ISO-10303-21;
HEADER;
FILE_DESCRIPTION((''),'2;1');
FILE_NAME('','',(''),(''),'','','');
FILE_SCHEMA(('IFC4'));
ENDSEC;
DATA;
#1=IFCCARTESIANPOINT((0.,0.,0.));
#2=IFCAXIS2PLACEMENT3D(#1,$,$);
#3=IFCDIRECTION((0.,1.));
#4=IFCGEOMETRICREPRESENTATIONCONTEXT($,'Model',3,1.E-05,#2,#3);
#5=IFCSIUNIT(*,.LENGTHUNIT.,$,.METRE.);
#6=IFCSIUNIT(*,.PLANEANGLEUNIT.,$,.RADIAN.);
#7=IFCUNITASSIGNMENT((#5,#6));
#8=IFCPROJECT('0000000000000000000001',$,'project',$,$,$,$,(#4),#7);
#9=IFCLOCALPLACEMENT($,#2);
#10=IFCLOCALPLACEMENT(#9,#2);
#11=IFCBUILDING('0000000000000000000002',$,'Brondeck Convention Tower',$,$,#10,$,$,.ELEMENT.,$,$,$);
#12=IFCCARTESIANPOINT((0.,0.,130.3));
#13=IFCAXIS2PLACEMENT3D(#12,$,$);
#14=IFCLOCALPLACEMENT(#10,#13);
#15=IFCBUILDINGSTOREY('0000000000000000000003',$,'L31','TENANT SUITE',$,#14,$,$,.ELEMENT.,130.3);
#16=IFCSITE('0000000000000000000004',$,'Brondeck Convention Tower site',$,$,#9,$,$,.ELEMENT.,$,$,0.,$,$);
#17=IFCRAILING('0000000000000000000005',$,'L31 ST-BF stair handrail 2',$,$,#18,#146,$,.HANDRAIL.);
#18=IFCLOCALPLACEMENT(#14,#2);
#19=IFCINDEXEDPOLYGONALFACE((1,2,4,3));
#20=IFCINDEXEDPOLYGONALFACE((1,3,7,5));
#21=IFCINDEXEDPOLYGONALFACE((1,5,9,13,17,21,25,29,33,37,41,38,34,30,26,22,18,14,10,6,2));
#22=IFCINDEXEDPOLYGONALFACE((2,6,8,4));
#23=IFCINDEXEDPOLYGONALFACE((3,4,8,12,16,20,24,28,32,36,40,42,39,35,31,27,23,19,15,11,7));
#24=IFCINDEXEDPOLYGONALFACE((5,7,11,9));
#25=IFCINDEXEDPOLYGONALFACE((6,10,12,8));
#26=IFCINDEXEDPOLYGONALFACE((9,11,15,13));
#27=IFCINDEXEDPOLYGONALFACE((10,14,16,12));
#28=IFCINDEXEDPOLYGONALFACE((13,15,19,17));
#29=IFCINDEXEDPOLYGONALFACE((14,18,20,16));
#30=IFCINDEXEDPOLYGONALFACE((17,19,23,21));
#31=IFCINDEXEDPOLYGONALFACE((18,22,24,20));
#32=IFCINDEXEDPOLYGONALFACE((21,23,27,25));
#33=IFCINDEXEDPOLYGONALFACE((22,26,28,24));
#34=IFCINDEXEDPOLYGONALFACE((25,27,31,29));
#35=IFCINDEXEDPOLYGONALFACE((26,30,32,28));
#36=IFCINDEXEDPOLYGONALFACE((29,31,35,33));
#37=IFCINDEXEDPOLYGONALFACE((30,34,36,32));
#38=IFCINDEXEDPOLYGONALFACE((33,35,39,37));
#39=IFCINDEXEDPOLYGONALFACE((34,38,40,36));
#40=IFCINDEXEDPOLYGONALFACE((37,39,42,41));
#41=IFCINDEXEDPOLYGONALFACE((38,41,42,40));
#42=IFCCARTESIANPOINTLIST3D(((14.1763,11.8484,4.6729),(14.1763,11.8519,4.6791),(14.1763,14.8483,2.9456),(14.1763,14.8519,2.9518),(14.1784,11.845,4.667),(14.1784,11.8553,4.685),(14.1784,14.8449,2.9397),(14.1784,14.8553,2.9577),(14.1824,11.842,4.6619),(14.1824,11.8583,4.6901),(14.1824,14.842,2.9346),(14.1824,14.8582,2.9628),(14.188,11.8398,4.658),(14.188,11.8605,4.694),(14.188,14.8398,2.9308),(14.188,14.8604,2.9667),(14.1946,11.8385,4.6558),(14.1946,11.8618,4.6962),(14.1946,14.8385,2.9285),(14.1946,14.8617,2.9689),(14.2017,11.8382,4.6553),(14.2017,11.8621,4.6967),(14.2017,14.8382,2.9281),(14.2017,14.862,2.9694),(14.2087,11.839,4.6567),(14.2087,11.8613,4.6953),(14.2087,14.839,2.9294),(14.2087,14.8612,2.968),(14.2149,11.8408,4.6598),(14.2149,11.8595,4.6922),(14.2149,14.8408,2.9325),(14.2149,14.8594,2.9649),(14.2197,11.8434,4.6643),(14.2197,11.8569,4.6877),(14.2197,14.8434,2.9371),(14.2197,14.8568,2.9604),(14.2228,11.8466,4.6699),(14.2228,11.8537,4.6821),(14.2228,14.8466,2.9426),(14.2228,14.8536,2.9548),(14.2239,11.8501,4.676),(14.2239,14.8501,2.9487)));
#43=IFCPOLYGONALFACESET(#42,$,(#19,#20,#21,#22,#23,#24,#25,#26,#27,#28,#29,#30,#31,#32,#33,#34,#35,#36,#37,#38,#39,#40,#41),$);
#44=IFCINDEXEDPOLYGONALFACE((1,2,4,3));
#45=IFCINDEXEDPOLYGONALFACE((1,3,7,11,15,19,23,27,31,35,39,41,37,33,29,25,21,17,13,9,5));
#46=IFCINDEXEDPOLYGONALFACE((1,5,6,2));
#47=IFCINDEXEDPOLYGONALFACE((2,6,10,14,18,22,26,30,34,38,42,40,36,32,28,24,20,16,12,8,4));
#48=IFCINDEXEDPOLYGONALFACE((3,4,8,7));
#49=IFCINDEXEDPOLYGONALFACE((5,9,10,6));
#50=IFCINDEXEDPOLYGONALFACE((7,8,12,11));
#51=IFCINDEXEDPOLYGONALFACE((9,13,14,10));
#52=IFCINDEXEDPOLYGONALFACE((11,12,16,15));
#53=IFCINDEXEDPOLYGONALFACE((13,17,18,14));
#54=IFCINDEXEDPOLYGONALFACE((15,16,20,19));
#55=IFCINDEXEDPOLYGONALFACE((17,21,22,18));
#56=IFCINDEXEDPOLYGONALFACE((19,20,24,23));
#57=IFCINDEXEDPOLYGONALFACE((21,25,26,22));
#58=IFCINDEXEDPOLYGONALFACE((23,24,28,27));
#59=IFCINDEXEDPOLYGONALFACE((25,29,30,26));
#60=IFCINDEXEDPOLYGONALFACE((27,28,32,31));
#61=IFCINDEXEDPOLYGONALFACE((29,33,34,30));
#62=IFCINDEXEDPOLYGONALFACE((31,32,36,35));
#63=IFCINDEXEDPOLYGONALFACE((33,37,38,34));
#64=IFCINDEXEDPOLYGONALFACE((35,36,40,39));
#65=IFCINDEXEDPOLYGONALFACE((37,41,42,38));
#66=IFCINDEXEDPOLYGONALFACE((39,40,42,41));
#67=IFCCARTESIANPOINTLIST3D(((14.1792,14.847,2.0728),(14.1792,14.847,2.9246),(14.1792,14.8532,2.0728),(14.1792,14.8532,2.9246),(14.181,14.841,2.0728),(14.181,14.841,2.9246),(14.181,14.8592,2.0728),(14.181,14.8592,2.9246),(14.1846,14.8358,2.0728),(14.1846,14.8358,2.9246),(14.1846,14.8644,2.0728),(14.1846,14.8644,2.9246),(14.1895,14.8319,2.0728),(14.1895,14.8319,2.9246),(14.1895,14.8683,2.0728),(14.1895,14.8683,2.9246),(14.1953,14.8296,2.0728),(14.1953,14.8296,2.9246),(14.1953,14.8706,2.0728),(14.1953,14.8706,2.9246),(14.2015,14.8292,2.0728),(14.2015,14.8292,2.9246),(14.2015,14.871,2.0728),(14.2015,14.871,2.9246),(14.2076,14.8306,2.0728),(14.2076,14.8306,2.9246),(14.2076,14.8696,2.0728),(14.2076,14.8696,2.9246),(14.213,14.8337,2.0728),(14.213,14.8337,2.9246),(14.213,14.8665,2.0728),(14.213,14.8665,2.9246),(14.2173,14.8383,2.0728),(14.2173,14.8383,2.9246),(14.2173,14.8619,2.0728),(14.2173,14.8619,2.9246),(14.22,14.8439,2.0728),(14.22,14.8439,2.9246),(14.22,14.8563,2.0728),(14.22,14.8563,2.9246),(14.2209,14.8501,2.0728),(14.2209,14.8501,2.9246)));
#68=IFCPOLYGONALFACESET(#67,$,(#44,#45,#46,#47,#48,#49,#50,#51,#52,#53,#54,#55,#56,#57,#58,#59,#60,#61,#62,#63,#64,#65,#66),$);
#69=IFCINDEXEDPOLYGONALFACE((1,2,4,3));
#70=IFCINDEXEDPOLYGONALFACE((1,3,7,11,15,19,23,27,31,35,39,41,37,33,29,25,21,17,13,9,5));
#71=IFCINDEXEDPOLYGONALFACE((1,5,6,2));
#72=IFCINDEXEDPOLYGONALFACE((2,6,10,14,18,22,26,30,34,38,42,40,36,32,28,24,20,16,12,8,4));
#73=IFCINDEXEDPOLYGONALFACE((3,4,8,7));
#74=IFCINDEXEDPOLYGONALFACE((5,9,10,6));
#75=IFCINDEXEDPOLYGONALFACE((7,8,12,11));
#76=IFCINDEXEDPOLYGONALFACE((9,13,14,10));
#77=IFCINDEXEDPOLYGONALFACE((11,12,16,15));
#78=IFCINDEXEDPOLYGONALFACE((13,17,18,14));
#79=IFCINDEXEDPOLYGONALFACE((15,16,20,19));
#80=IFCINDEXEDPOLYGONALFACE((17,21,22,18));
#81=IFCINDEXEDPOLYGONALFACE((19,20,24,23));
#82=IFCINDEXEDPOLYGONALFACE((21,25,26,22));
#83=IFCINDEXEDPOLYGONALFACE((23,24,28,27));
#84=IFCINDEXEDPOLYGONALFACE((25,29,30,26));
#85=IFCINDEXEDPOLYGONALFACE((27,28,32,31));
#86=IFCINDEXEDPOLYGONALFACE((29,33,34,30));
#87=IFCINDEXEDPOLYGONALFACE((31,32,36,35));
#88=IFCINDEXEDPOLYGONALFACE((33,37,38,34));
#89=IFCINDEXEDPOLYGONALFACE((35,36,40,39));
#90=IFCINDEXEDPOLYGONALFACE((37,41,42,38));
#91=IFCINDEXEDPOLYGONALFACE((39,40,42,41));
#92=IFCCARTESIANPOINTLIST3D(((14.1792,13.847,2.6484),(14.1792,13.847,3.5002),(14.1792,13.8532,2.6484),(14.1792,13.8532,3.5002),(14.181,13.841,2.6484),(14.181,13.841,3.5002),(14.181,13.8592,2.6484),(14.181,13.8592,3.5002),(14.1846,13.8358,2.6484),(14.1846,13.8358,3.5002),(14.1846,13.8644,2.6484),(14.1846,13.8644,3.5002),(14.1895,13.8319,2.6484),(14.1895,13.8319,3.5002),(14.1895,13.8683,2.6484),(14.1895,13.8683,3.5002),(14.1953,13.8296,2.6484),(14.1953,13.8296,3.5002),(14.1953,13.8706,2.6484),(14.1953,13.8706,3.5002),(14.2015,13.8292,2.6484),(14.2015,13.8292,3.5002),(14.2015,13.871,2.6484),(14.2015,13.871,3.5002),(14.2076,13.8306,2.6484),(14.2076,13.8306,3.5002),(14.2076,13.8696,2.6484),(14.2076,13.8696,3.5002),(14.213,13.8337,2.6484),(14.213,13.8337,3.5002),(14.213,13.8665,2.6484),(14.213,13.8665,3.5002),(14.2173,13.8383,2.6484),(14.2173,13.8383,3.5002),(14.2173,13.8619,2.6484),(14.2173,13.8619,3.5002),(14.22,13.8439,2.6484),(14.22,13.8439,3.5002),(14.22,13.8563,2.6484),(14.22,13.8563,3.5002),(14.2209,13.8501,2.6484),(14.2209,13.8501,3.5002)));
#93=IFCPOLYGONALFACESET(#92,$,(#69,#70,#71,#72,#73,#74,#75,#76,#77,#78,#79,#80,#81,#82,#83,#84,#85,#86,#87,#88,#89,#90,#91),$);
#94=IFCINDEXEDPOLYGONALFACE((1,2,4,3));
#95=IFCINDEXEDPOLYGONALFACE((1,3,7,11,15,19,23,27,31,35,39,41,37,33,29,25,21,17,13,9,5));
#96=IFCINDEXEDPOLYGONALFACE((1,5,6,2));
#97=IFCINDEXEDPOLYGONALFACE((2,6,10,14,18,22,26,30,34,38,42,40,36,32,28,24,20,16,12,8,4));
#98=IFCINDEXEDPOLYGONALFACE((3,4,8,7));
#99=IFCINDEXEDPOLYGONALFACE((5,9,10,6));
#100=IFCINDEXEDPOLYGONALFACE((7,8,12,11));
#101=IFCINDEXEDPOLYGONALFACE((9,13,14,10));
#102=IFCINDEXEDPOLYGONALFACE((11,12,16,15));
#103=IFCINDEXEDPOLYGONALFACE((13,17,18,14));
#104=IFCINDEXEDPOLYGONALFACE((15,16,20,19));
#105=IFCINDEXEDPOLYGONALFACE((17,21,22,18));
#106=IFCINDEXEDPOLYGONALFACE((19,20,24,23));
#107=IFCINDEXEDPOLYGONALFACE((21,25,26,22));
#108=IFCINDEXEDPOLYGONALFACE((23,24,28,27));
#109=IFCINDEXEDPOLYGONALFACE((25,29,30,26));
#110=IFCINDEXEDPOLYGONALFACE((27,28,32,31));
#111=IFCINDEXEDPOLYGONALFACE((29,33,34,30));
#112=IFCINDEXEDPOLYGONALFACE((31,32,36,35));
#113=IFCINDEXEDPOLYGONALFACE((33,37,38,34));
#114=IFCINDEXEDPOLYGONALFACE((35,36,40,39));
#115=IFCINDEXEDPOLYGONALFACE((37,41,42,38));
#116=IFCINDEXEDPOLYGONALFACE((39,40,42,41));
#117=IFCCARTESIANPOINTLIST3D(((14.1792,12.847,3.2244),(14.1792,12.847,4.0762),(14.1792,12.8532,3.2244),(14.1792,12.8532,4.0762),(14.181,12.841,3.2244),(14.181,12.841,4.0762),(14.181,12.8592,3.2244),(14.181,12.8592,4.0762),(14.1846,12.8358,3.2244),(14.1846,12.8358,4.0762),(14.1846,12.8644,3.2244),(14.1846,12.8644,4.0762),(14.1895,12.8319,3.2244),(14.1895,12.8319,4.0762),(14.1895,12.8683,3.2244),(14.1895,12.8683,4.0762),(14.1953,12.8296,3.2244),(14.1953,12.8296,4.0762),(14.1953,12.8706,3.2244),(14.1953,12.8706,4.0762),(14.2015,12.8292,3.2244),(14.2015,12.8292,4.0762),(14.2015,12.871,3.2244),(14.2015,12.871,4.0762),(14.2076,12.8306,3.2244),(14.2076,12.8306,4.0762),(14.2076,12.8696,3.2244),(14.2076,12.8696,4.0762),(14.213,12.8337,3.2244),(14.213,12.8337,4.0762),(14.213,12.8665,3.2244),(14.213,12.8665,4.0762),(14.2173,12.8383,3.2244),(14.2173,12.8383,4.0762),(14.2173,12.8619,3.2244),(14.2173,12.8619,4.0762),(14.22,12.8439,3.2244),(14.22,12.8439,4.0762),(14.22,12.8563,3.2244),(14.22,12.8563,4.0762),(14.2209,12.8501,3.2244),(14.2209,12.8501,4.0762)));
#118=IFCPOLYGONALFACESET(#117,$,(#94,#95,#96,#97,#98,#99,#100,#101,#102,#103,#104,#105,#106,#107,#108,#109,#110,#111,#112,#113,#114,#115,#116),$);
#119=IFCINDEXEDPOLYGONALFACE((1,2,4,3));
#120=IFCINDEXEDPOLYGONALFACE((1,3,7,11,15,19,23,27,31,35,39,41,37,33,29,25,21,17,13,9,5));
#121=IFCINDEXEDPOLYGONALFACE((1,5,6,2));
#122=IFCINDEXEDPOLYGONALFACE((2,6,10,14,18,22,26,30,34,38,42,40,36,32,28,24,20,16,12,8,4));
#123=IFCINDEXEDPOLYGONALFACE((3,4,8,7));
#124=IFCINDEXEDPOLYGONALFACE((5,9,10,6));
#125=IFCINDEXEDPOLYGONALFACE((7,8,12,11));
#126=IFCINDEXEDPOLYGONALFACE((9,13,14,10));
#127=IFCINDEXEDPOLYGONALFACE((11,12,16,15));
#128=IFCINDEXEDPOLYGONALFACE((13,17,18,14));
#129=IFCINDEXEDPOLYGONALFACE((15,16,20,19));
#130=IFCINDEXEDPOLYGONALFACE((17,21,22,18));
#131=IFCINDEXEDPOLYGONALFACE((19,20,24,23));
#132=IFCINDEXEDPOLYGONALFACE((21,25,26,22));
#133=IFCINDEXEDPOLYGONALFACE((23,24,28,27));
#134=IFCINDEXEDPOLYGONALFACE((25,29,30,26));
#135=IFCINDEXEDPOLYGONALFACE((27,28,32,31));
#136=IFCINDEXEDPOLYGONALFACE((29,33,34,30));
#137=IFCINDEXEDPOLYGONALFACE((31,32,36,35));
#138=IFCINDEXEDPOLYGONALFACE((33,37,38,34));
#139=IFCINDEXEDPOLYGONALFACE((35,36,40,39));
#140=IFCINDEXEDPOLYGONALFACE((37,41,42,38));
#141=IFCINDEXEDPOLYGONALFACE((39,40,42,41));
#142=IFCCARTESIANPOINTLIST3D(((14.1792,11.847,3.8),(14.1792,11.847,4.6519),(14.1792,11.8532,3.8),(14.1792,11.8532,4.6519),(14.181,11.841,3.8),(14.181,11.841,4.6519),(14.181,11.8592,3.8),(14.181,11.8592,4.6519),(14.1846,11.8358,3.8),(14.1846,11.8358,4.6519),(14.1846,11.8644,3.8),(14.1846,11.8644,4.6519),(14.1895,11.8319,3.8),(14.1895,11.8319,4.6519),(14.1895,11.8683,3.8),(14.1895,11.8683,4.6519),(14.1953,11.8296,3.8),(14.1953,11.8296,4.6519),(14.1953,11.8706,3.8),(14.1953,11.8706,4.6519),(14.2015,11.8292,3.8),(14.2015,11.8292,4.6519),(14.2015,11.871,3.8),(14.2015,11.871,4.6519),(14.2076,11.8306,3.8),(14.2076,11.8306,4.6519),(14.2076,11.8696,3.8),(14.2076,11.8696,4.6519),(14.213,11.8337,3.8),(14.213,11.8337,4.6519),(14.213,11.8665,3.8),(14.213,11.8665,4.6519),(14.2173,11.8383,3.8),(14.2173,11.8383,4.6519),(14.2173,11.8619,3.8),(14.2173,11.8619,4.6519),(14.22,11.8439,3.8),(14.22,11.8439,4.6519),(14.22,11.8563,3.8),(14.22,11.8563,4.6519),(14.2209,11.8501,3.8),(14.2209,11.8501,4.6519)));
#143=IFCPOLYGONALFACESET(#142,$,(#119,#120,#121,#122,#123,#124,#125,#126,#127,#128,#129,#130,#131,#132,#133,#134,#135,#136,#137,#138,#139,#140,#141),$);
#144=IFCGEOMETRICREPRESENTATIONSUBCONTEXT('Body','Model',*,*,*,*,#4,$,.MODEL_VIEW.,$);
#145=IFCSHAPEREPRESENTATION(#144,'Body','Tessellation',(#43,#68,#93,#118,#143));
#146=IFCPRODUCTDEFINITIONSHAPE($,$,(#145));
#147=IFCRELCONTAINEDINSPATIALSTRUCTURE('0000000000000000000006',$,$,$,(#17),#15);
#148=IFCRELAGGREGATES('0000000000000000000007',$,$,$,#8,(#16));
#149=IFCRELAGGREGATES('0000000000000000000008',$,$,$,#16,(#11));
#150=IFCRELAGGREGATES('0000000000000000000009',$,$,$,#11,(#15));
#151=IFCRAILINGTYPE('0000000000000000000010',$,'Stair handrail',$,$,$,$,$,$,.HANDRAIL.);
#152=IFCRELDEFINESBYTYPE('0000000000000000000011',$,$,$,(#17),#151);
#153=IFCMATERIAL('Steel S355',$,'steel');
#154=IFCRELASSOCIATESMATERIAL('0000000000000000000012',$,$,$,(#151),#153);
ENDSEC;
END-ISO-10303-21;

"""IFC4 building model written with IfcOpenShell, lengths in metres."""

from ifc_helpers import new_model, si_unit, direction, frame, origin, origin_2d, place, context, subcontext, project, spatial, circle, extrude, material, type_object, element, save


model = new_model("IFC4")

# Units and contexts
model_context = context("Model", 3, precision=1e-05, world=origin(), true_north=direction((0.0, 1.0)))
body_context = subcontext(model_context, "Body", "Model", "MODEL_VIEW")
ifc_project = project(units=[si_unit("LENGTHUNIT", "METRE"), si_unit("PLANEANGLEUNIT", "RADIAN")], contexts=[model_context])

# Site, building, storey
site_placement = place(None, origin())
site = spatial("IfcSite", under=ifc_project, at=site_placement, Name="Brondeck Convention Tower site", CompositionType="ELEMENT", RefElevation=0.0)
building_placement = place(site_placement, origin())
building = spatial("IfcBuilding", under=site, at=building_placement, Name="Brondeck Convention Tower", CompositionType="ELEMENT")
storey_placement = place(building_placement, frame((0.0, 0.0, 130.3)))
storey = spatial("IfcBuildingStorey", under=building, at=storey_placement, Name="L31", Description="TENANT SUITE", CompositionType="ELEMENT", Elevation=130.3)

# Shared definitions
ifc_material_1 = material(Name="Steel S355", Category="steel")

# Railing
railing_type_1 = type_object("IfcRailingType", Name="Stair handrail", PredefinedType="HANDRAIL", material=ifc_material_1)
railing_1_placement = place(storey_placement, frame((14.2, 14.8501, 2.0728)))
element("IfcRailing", 1, at=railing_1_placement, inside=storey, type_object=railing_type_1, Name="L31 ST-BF stair handrail 2", PredefinedType="HANDRAIL", context=body_context, shape_type="SweptSolid", body=[
    extrude(circle(Radius=0.0239, at=origin_2d()), frame((0.0, 0.0, 0.876), z_axis=(0.0, -0.86662, 0.498969), x_axis=(1.0, 0.0, 0.0)), (0.0, 0.0, 1.0), 3.4617),
    extrude(circle(Radius=0.021, at=origin_2d()), origin(), (0.0, 0.0, 1.0), 0.8518),
    extrude(circle(Radius=0.021, at=origin_2d()), frame((0.0, -1.0, 0.5757)), (0.0, 0.0, 1.0), 0.8518),
    extrude(circle(Radius=0.021, at=origin_2d()), frame((0.0, -2.0, 1.1516)), (0.0, 0.0, 1.0), 0.8518),
    extrude(circle(Radius=0.021, at=origin_2d()), frame((0.0, -3.0, 1.7273)), (0.0, 0.0, 1.0), 0.8518),
])

save(model, "model.ifc")
